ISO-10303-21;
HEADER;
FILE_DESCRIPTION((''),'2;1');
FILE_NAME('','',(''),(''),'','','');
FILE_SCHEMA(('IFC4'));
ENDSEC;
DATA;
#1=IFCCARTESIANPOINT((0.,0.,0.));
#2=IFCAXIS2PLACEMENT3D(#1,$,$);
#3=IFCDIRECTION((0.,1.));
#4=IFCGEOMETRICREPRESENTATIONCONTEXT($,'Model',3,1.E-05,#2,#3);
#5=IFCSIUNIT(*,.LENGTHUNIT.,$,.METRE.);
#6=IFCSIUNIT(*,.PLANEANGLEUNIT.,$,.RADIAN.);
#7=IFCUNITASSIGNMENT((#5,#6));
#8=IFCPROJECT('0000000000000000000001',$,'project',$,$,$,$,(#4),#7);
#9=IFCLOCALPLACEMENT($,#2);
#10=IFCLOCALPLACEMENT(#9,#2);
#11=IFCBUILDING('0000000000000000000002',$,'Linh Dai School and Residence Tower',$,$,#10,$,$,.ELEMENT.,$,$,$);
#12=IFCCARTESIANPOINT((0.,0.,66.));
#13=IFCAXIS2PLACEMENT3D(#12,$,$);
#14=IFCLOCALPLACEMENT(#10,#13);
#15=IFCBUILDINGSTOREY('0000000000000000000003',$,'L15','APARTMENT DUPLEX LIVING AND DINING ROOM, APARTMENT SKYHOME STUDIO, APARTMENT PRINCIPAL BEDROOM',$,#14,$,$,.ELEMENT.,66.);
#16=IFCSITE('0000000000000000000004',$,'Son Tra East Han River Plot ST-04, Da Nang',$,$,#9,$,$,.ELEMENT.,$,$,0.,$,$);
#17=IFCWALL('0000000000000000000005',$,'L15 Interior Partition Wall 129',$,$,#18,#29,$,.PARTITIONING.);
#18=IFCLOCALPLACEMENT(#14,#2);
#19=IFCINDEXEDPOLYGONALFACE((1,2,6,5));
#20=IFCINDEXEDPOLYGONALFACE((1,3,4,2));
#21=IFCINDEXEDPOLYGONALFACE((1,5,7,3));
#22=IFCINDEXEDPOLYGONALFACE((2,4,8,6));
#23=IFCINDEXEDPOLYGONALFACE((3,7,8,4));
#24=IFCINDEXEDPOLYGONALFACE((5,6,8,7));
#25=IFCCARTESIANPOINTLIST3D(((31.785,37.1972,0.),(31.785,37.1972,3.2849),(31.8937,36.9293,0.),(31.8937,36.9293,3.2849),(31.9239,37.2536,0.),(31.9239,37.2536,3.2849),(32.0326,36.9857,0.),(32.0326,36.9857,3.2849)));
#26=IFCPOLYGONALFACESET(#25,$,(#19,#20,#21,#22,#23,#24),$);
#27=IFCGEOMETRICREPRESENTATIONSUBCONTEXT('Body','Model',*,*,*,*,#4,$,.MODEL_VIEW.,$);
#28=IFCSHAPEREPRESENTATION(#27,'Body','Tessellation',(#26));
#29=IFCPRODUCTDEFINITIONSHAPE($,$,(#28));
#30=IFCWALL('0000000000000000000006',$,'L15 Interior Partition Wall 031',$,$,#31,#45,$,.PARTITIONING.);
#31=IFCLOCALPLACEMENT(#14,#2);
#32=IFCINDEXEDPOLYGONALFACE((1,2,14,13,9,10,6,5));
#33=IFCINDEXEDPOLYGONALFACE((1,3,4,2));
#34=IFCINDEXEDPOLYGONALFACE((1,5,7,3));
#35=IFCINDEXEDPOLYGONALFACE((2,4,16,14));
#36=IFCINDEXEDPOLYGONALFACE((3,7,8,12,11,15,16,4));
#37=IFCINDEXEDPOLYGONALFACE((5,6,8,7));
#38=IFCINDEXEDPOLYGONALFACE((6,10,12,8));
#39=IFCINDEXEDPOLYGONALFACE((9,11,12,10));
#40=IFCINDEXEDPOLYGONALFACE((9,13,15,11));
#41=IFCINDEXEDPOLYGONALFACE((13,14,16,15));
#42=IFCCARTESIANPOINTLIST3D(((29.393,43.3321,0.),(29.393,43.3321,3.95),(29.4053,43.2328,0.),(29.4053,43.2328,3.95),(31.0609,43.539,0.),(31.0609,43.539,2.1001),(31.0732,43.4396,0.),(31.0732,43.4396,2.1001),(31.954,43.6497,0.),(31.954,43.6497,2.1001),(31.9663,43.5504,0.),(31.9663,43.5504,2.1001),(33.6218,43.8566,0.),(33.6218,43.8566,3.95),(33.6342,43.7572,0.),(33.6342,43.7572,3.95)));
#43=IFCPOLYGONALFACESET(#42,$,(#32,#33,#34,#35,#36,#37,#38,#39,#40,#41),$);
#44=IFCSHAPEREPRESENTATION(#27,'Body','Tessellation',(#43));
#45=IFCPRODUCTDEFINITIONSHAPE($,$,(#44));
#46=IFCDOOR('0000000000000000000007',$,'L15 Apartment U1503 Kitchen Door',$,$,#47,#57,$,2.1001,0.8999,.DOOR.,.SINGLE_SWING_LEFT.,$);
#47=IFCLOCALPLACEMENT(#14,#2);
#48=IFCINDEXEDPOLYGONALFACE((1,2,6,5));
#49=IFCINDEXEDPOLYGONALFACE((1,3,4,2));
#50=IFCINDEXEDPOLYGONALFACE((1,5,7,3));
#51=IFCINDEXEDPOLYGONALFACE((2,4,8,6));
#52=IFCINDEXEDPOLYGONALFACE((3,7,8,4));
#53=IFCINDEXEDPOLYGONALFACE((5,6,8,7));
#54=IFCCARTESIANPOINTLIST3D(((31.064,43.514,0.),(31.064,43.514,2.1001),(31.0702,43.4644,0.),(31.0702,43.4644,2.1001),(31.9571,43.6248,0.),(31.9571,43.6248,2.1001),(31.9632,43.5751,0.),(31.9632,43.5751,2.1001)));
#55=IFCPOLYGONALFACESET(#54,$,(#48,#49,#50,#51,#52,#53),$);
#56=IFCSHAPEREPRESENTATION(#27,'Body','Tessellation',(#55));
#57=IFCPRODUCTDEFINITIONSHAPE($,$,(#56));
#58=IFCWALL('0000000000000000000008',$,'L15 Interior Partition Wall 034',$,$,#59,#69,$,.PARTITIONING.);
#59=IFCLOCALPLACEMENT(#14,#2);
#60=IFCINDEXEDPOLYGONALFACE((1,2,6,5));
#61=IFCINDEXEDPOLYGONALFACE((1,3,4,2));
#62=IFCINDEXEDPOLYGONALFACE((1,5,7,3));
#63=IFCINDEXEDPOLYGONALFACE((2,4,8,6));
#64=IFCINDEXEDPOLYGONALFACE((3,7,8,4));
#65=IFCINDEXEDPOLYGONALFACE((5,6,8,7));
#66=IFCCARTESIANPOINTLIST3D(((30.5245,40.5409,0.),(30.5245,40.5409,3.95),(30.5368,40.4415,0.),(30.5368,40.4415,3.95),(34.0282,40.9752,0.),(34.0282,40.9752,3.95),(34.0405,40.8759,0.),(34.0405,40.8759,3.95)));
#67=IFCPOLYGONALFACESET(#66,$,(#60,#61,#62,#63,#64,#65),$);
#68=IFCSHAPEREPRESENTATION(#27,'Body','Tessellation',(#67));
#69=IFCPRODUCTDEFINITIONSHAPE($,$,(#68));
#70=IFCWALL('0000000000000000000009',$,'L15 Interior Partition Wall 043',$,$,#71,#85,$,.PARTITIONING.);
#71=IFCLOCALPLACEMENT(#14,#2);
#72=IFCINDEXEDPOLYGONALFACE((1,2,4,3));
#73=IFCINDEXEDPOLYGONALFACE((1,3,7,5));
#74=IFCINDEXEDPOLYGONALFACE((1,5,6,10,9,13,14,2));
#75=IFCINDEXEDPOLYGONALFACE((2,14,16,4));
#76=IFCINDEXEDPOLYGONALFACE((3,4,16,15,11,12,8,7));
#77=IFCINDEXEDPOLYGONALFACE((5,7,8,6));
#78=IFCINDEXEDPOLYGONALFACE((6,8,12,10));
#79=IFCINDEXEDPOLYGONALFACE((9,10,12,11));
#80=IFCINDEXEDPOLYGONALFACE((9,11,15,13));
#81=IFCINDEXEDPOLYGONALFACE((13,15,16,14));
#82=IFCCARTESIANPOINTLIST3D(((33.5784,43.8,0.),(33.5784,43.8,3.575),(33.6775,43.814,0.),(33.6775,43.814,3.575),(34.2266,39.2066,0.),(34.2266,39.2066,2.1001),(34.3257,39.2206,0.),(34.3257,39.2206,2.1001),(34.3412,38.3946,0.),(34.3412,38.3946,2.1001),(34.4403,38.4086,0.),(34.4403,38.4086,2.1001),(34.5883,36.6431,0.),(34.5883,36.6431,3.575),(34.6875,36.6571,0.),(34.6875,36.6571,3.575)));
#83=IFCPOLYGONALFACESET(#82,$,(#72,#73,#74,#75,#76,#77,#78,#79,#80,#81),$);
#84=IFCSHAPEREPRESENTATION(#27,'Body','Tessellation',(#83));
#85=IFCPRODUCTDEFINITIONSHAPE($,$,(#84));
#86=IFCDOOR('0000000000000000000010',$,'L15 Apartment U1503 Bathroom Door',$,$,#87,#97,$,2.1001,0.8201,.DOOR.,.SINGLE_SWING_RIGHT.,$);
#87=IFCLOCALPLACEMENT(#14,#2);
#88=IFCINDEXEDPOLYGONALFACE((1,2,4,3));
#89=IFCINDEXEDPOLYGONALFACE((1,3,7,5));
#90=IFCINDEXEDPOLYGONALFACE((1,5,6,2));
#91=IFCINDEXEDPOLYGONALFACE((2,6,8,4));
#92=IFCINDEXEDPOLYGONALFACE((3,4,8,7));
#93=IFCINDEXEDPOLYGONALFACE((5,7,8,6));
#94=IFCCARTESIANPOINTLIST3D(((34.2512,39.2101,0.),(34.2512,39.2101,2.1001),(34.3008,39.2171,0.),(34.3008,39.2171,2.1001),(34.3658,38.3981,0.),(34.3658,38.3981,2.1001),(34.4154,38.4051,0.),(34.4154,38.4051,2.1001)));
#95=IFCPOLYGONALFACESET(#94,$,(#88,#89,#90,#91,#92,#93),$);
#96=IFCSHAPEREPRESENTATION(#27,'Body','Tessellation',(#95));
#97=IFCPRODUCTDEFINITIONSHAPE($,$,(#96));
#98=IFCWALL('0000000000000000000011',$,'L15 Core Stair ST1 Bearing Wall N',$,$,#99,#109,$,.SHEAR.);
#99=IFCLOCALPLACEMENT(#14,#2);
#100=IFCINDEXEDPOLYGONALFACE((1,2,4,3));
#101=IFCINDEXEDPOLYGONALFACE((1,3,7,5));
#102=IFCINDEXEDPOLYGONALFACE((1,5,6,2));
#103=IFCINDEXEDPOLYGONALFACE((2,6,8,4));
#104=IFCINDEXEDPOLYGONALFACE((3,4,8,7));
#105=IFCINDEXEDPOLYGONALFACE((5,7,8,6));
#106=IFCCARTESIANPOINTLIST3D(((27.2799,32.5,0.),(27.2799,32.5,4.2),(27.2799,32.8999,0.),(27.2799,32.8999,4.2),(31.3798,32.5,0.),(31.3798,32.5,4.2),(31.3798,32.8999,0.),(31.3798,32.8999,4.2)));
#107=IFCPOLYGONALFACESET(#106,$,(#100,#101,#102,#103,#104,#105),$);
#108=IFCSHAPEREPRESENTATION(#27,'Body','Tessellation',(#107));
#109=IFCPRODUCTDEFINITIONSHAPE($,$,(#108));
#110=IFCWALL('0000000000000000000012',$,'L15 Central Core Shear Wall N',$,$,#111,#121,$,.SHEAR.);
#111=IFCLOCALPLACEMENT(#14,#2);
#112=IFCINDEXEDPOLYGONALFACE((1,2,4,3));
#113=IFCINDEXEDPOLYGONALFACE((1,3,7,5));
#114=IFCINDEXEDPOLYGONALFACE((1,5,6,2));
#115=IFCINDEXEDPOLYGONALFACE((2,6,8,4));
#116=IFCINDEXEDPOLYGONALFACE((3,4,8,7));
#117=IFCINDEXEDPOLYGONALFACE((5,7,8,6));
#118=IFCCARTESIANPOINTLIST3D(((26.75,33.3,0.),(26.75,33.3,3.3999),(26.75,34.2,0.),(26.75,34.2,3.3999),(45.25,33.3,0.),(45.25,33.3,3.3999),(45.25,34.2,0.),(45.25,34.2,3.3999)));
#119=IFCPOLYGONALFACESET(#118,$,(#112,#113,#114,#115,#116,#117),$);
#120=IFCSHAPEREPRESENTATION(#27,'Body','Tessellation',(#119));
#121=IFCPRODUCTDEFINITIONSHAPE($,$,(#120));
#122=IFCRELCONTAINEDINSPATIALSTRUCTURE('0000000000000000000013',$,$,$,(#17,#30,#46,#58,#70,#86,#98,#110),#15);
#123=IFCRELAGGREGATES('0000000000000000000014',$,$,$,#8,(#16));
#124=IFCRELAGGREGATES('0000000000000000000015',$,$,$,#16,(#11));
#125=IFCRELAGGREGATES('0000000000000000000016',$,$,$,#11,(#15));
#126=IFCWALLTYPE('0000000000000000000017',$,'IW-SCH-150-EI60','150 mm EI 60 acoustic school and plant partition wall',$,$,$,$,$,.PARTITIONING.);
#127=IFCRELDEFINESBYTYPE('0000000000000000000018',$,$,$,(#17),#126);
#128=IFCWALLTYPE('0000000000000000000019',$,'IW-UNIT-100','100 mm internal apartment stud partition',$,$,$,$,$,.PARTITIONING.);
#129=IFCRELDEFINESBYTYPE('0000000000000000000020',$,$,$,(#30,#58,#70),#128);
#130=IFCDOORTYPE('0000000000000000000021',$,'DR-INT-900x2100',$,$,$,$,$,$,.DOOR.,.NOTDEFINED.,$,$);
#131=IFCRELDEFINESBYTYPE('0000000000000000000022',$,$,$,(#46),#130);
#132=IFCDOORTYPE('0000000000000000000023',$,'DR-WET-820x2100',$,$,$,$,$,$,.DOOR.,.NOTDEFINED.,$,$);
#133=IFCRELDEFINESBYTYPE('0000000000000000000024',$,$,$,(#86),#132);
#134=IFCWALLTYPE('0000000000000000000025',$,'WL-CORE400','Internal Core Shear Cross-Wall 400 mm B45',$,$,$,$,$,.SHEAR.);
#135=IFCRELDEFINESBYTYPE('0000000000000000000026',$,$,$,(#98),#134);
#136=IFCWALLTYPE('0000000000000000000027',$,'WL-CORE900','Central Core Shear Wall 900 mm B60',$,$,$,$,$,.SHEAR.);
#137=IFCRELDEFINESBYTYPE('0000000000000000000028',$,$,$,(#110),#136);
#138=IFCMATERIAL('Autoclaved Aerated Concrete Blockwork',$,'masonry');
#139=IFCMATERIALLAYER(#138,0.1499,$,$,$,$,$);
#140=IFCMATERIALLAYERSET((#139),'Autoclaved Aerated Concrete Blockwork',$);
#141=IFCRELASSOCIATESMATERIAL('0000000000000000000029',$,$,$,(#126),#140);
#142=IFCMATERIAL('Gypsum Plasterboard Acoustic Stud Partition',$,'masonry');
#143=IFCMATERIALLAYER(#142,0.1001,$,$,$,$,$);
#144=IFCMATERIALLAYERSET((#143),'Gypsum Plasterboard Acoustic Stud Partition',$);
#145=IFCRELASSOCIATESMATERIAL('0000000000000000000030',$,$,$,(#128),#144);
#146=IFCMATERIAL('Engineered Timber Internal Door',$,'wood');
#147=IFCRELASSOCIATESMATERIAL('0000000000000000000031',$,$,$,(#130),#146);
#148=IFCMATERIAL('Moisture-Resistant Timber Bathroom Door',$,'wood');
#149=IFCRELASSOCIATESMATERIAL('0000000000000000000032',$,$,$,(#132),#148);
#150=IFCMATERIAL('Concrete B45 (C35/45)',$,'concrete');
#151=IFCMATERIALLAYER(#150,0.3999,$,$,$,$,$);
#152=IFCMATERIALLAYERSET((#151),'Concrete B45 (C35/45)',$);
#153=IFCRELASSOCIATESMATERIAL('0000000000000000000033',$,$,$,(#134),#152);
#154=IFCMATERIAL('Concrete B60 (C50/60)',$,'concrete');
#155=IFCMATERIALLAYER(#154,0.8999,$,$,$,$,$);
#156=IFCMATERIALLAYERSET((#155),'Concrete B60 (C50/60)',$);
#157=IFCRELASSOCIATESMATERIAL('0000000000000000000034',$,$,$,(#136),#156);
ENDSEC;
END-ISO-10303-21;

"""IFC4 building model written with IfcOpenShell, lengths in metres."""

from ifc_helpers import new_model, si_unit, direction, frame, frame_2d, origin, origin_2d, place, context, subcontext, project, spatial, rectangle, extrude, source, transform, mapped, material, layer, layer_set, type_object, element, fill, save


model = new_model("IFC4")

# Units and contexts
model_context = context("Model", 3, precision=1e-05, world=origin(), true_north=direction((0.0, 1.0)))
body_context = subcontext(model_context, "Body", "Model", "MODEL_VIEW")
ifc_project = project(units=[si_unit("LENGTHUNIT", "METRE"), si_unit("PLANEANGLEUNIT", "RADIAN")], contexts=[model_context])

# Site, building, storey
site_placement = place(None, origin())
site = spatial("IfcSite", under=ifc_project, at=site_placement, Name="Son Tra East Han River Plot ST-04, Da Nang", CompositionType="ELEMENT", RefElevation=0.0)
building_placement = place(site_placement, origin())
building = spatial("IfcBuilding", under=site, at=building_placement, Name="Linh Dai School and Residence Tower", CompositionType="ELEMENT")
storey_placement = place(building_placement, frame((0.0, 0.0, 66.0)))
storey = spatial("IfcBuildingStorey", under=building, at=storey_placement, Name="L15", Description="APARTMENT DUPLEX LIVING AND DINING ROOM, APARTMENT SKYHOME STUDIO, APARTMENT PRINCIPAL BEDROOM", CompositionType="ELEMENT", Elevation=66.0)

# Shared definitions
ifc_material_1 = material(Name="Autoclaved Aerated Concrete Blockwork", Category="masonry")

# Wall
ifc_layer_1 = layer(ifc_material_1, 0.1499)
ifc_layer_set_1 = layer_set([ifc_layer_1], Name="Autoclaved Aerated Concrete Blockwork")
wall_type_1 = type_object("IfcWallType", Name="IW-SCH-150-EI60", Description="150 mm EI 60 acoustic school and plant partition wall", PredefinedType="PARTITIONING", material=ifc_layer_set_1)
wall_1_placement = place(storey_placement, frame((31.9631, 36.9575, 0.0), z_axis=(0.0, 0.0, 1.0), x_axis=(-0.375901, 0.92666, 0.0)))
element("IfcWall", 1, at=wall_1_placement, inside=storey, type_object=wall_type_1, Name="L15 Interior Partition Wall 129", PredefinedType="PARTITIONING", context=body_context, shape_type="SweptSolid", body=[
    extrude(rectangle(XDim=0.2891, YDim=0.1499, at=frame_2d((0.1445, 0.0))), origin(), (0.0, 0.0, 1.0), 3.2849),
])

# Wall, opening, door
ifc_material_2 = material(Name="Gypsum Plasterboard Acoustic Stud Partition", Category="masonry")
ifc_layer_2 = layer(ifc_material_2, 0.1001)
ifc_layer_set_2 = layer_set([ifc_layer_2], Name="Gypsum Plasterboard Acoustic Stud Partition")
wall_type_2 = type_object("IfcWallType", Name="IW-UNIT-100", Description="100 mm internal apartment stud partition", PredefinedType="PARTITIONING", material=ifc_layer_set_2)
wall_2_placement = place(storey_placement, frame((29.3992, 43.2825, 0.0), z_axis=(0.0, 0.0, 1.0), x_axis=(0.992398, 0.123069, 0.0)))
wall_2 = element("IfcWall", 2, at=wall_2_placement, inside=storey, type_object=wall_type_2, Name="L15 Interior Partition Wall 031", PredefinedType="PARTITIONING", context=body_context, shape_type="SweptSolid", body=[
    extrude(rectangle(XDim=4.2612, YDim=0.1001, at=frame_2d((2.1306, 0.0))), origin(), (0.0, 0.0, 1.0), 3.95),
])
opening_1_placement = place(wall_2_placement, frame((1.6807, 0.0, 0.0)))
opening_1 = element("IfcOpeningElement", 3, at=opening_1_placement, cuts=wall_2, PredefinedType="OPENING", context=body_context, shape_type="SweptSolid", body=[
    extrude(rectangle(XDim=0.8999, YDim=2.1001, at=origin_2d()), frame((0.45, 0.0601, 1.05), z_axis=(0.0, -1.0, 0.0), x_axis=(1.0, 0.0, 0.0)), (0.0, 0.0, 1.0), 0.1201),
])
ifc_material_3 = material(Name="Engineered Timber Internal Door", Category="wood")
door_type_1 = type_object("IfcDoorType", Name="DR-INT-900x2100", OperationType="NOTDEFINED", PredefinedType="DOOR", material=ifc_material_3)
shared_shape_1 = source(origin(), body_context, "Body", "SweptSolid", [
    extrude(rectangle(XDim=0.8999, YDim=2.1001, at=origin_2d()), frame((0.45, 0.0249, 1.05), z_axis=(0.0, -1.0, 0.0), x_axis=(1.0, 0.0, 0.0)), (0.0, 0.0, 1.0), 0.05),
])
door_1_placement = place(opening_1_placement, origin())
door_1 = element("IfcDoor", 4, at=door_1_placement, inside=storey, type_object=door_type_1, Name="L15 Apartment U1503 Kitchen Door", OperationType="SINGLE_SWING_LEFT", OverallHeight=2.1001, OverallWidth=0.8999, PredefinedType="DOOR", context=body_context, shape_type="MappedRepresentation", body=[
    mapped(shared_shape_1, transform((0.0, 0.0, 0.0), x_axis=(1.0, 0.0, 0.0), y_axis=(0.0, 1.0, 0.0), z_axis=(0.0, 0.0, 1.0), scale=1.0)),
])
fill(opening_1, door_1)

# Wall
wall_3_placement = place(storey_placement, frame((30.5308, 40.4912, 0.0), z_axis=(0.0, 0.0, 1.0), x_axis=(0.992404, 0.123022, 0.0)))
element("IfcWall", 5, at=wall_3_placement, inside=storey, type_object=wall_type_2, Name="L15 Interior Partition Wall 034", PredefinedType="PARTITIONING", context=body_context, shape_type="SweptSolid", body=[
    extrude(rectangle(XDim=3.5305, YDim=0.1001, at=frame_2d((1.7651, 0.0))), origin(), (0.0, 0.0, 1.0), 3.95),
])

# Wall, opening, door
wall_4_placement = place(storey_placement, frame((33.6279, 43.8069, 0.0), z_axis=(0.0, 0.0, 1.0), x_axis=(0.139738, -0.990189, 0.0)))
wall_4 = element("IfcWall", 6, at=wall_4_placement, inside=storey, type_object=wall_type_2, Name="L15 Interior Partition Wall 043", PredefinedType="PARTITIONING", context=body_context, shape_type="SweptSolid", body=[
    extrude(rectangle(XDim=7.2278, YDim=0.1001, at=frame_2d((3.6138, 0.0))), origin(), (0.0, 0.0, 1.0), 3.575),
])
opening_2_placement = place(wall_4_placement, frame((4.6387, 0.0, 0.0)))
opening_2 = element("IfcOpeningElement", 7, at=opening_2_placement, cuts=wall_4, PredefinedType="OPENING", context=body_context, shape_type="SweptSolid", body=[
    extrude(rectangle(XDim=0.8201, YDim=2.1001, at=origin_2d()), frame((0.4102, 0.0601, 1.05), z_axis=(0.0, -1.0, 0.0), x_axis=(1.0, 0.0, 0.0)), (0.0, 0.0, 1.0), 0.1201),
])
ifc_material_4 = material(Name="Moisture-Resistant Timber Bathroom Door", Category="wood")
door_type_2 = type_object("IfcDoorType", Name="DR-WET-820x2100", OperationType="NOTDEFINED", PredefinedType="DOOR", material=ifc_material_4)
shared_shape_2 = source(origin(), body_context, "Body", "SweptSolid", [
    extrude(rectangle(XDim=0.8201, YDim=2.1001, at=origin_2d()), frame((0.4102, 0.0249, 1.05), z_axis=(0.0, -1.0, 0.0), x_axis=(1.0, 0.0, 0.0)), (0.0, 0.0, 1.0), 0.05),
])
door_2_placement = place(opening_2_placement, origin())
door_2 = element("IfcDoor", 8, at=door_2_placement, inside=storey, type_object=door_type_2, Name="L15 Apartment U1503 Bathroom Door", OperationType="SINGLE_SWING_RIGHT", OverallHeight=2.1001, OverallWidth=0.8201, PredefinedType="DOOR", context=body_context, shape_type="MappedRepresentation", body=[
    mapped(shared_shape_2, transform((0.0, 0.0, 0.0), x_axis=(1.0, 0.0, 0.0), y_axis=(0.0, 1.0, 0.0), z_axis=(0.0, 0.0, 1.0), scale=1.0)),
])
fill(opening_2, door_2)

# Walls
ifc_material_5 = material(Name="Concrete B45 (C35/45)", Category="concrete")
ifc_layer_3 = layer(ifc_material_5, 0.3999)
ifc_layer_set_3 = layer_set([ifc_layer_3], Name="Concrete B45 (C35/45)")
wall_type_3 = type_object("IfcWallType", Name="WL-CORE400", Description="Internal Core Shear Cross-Wall 400 mm B45", PredefinedType="SHEAR", material=ifc_layer_set_3)
wall_5_placement = place(storey_placement, frame((27.28, 32.7, 0.0), z_axis=(0.0, 0.0, 1.0), x_axis=(1.0, 0.0, 0.0)))
element("IfcWall", 9, at=wall_5_placement, inside=storey, type_object=wall_type_3, Name="L15 Core Stair ST1 Bearing Wall N", PredefinedType="SHEAR", context=body_context, shape_type="SweptSolid", body=[
    extrude(rectangle(XDim=4.0999, YDim=0.3999, at=frame_2d((2.0498, 0.0))), origin(), (0.0, 0.0, 1.0), 4.2),
])
ifc_material_6 = material(Name="Concrete B60 (C50/60)", Category="concrete")
ifc_layer_4 = layer(ifc_material_6, 0.8999)
ifc_layer_set_4 = layer_set([ifc_layer_4], Name="Concrete B60 (C50/60)")
wall_type_4 = type_object("IfcWallType", Name="WL-CORE900", Description="Central Core Shear Wall 900 mm B60", PredefinedType="SHEAR", material=ifc_layer_set_4)
wall_6_placement = place(storey_placement, frame((26.75, 33.75, 0.0), z_axis=(0.0, 0.0, 1.0), x_axis=(1.0, 0.0, 0.0)))
element("IfcWall", 10, at=wall_6_placement, inside=storey, type_object=wall_type_4, Name="L15 Central Core Shear Wall N", PredefinedType="SHEAR", context=body_context, shape_type="SweptSolid", body=[
    extrude(rectangle(XDim=18.5, YDim=0.8999, at=frame_2d((9.25, 0.0))), origin(), (0.0, 0.0, 1.0), 3.3999),
])

save(model, "model.ifc")
